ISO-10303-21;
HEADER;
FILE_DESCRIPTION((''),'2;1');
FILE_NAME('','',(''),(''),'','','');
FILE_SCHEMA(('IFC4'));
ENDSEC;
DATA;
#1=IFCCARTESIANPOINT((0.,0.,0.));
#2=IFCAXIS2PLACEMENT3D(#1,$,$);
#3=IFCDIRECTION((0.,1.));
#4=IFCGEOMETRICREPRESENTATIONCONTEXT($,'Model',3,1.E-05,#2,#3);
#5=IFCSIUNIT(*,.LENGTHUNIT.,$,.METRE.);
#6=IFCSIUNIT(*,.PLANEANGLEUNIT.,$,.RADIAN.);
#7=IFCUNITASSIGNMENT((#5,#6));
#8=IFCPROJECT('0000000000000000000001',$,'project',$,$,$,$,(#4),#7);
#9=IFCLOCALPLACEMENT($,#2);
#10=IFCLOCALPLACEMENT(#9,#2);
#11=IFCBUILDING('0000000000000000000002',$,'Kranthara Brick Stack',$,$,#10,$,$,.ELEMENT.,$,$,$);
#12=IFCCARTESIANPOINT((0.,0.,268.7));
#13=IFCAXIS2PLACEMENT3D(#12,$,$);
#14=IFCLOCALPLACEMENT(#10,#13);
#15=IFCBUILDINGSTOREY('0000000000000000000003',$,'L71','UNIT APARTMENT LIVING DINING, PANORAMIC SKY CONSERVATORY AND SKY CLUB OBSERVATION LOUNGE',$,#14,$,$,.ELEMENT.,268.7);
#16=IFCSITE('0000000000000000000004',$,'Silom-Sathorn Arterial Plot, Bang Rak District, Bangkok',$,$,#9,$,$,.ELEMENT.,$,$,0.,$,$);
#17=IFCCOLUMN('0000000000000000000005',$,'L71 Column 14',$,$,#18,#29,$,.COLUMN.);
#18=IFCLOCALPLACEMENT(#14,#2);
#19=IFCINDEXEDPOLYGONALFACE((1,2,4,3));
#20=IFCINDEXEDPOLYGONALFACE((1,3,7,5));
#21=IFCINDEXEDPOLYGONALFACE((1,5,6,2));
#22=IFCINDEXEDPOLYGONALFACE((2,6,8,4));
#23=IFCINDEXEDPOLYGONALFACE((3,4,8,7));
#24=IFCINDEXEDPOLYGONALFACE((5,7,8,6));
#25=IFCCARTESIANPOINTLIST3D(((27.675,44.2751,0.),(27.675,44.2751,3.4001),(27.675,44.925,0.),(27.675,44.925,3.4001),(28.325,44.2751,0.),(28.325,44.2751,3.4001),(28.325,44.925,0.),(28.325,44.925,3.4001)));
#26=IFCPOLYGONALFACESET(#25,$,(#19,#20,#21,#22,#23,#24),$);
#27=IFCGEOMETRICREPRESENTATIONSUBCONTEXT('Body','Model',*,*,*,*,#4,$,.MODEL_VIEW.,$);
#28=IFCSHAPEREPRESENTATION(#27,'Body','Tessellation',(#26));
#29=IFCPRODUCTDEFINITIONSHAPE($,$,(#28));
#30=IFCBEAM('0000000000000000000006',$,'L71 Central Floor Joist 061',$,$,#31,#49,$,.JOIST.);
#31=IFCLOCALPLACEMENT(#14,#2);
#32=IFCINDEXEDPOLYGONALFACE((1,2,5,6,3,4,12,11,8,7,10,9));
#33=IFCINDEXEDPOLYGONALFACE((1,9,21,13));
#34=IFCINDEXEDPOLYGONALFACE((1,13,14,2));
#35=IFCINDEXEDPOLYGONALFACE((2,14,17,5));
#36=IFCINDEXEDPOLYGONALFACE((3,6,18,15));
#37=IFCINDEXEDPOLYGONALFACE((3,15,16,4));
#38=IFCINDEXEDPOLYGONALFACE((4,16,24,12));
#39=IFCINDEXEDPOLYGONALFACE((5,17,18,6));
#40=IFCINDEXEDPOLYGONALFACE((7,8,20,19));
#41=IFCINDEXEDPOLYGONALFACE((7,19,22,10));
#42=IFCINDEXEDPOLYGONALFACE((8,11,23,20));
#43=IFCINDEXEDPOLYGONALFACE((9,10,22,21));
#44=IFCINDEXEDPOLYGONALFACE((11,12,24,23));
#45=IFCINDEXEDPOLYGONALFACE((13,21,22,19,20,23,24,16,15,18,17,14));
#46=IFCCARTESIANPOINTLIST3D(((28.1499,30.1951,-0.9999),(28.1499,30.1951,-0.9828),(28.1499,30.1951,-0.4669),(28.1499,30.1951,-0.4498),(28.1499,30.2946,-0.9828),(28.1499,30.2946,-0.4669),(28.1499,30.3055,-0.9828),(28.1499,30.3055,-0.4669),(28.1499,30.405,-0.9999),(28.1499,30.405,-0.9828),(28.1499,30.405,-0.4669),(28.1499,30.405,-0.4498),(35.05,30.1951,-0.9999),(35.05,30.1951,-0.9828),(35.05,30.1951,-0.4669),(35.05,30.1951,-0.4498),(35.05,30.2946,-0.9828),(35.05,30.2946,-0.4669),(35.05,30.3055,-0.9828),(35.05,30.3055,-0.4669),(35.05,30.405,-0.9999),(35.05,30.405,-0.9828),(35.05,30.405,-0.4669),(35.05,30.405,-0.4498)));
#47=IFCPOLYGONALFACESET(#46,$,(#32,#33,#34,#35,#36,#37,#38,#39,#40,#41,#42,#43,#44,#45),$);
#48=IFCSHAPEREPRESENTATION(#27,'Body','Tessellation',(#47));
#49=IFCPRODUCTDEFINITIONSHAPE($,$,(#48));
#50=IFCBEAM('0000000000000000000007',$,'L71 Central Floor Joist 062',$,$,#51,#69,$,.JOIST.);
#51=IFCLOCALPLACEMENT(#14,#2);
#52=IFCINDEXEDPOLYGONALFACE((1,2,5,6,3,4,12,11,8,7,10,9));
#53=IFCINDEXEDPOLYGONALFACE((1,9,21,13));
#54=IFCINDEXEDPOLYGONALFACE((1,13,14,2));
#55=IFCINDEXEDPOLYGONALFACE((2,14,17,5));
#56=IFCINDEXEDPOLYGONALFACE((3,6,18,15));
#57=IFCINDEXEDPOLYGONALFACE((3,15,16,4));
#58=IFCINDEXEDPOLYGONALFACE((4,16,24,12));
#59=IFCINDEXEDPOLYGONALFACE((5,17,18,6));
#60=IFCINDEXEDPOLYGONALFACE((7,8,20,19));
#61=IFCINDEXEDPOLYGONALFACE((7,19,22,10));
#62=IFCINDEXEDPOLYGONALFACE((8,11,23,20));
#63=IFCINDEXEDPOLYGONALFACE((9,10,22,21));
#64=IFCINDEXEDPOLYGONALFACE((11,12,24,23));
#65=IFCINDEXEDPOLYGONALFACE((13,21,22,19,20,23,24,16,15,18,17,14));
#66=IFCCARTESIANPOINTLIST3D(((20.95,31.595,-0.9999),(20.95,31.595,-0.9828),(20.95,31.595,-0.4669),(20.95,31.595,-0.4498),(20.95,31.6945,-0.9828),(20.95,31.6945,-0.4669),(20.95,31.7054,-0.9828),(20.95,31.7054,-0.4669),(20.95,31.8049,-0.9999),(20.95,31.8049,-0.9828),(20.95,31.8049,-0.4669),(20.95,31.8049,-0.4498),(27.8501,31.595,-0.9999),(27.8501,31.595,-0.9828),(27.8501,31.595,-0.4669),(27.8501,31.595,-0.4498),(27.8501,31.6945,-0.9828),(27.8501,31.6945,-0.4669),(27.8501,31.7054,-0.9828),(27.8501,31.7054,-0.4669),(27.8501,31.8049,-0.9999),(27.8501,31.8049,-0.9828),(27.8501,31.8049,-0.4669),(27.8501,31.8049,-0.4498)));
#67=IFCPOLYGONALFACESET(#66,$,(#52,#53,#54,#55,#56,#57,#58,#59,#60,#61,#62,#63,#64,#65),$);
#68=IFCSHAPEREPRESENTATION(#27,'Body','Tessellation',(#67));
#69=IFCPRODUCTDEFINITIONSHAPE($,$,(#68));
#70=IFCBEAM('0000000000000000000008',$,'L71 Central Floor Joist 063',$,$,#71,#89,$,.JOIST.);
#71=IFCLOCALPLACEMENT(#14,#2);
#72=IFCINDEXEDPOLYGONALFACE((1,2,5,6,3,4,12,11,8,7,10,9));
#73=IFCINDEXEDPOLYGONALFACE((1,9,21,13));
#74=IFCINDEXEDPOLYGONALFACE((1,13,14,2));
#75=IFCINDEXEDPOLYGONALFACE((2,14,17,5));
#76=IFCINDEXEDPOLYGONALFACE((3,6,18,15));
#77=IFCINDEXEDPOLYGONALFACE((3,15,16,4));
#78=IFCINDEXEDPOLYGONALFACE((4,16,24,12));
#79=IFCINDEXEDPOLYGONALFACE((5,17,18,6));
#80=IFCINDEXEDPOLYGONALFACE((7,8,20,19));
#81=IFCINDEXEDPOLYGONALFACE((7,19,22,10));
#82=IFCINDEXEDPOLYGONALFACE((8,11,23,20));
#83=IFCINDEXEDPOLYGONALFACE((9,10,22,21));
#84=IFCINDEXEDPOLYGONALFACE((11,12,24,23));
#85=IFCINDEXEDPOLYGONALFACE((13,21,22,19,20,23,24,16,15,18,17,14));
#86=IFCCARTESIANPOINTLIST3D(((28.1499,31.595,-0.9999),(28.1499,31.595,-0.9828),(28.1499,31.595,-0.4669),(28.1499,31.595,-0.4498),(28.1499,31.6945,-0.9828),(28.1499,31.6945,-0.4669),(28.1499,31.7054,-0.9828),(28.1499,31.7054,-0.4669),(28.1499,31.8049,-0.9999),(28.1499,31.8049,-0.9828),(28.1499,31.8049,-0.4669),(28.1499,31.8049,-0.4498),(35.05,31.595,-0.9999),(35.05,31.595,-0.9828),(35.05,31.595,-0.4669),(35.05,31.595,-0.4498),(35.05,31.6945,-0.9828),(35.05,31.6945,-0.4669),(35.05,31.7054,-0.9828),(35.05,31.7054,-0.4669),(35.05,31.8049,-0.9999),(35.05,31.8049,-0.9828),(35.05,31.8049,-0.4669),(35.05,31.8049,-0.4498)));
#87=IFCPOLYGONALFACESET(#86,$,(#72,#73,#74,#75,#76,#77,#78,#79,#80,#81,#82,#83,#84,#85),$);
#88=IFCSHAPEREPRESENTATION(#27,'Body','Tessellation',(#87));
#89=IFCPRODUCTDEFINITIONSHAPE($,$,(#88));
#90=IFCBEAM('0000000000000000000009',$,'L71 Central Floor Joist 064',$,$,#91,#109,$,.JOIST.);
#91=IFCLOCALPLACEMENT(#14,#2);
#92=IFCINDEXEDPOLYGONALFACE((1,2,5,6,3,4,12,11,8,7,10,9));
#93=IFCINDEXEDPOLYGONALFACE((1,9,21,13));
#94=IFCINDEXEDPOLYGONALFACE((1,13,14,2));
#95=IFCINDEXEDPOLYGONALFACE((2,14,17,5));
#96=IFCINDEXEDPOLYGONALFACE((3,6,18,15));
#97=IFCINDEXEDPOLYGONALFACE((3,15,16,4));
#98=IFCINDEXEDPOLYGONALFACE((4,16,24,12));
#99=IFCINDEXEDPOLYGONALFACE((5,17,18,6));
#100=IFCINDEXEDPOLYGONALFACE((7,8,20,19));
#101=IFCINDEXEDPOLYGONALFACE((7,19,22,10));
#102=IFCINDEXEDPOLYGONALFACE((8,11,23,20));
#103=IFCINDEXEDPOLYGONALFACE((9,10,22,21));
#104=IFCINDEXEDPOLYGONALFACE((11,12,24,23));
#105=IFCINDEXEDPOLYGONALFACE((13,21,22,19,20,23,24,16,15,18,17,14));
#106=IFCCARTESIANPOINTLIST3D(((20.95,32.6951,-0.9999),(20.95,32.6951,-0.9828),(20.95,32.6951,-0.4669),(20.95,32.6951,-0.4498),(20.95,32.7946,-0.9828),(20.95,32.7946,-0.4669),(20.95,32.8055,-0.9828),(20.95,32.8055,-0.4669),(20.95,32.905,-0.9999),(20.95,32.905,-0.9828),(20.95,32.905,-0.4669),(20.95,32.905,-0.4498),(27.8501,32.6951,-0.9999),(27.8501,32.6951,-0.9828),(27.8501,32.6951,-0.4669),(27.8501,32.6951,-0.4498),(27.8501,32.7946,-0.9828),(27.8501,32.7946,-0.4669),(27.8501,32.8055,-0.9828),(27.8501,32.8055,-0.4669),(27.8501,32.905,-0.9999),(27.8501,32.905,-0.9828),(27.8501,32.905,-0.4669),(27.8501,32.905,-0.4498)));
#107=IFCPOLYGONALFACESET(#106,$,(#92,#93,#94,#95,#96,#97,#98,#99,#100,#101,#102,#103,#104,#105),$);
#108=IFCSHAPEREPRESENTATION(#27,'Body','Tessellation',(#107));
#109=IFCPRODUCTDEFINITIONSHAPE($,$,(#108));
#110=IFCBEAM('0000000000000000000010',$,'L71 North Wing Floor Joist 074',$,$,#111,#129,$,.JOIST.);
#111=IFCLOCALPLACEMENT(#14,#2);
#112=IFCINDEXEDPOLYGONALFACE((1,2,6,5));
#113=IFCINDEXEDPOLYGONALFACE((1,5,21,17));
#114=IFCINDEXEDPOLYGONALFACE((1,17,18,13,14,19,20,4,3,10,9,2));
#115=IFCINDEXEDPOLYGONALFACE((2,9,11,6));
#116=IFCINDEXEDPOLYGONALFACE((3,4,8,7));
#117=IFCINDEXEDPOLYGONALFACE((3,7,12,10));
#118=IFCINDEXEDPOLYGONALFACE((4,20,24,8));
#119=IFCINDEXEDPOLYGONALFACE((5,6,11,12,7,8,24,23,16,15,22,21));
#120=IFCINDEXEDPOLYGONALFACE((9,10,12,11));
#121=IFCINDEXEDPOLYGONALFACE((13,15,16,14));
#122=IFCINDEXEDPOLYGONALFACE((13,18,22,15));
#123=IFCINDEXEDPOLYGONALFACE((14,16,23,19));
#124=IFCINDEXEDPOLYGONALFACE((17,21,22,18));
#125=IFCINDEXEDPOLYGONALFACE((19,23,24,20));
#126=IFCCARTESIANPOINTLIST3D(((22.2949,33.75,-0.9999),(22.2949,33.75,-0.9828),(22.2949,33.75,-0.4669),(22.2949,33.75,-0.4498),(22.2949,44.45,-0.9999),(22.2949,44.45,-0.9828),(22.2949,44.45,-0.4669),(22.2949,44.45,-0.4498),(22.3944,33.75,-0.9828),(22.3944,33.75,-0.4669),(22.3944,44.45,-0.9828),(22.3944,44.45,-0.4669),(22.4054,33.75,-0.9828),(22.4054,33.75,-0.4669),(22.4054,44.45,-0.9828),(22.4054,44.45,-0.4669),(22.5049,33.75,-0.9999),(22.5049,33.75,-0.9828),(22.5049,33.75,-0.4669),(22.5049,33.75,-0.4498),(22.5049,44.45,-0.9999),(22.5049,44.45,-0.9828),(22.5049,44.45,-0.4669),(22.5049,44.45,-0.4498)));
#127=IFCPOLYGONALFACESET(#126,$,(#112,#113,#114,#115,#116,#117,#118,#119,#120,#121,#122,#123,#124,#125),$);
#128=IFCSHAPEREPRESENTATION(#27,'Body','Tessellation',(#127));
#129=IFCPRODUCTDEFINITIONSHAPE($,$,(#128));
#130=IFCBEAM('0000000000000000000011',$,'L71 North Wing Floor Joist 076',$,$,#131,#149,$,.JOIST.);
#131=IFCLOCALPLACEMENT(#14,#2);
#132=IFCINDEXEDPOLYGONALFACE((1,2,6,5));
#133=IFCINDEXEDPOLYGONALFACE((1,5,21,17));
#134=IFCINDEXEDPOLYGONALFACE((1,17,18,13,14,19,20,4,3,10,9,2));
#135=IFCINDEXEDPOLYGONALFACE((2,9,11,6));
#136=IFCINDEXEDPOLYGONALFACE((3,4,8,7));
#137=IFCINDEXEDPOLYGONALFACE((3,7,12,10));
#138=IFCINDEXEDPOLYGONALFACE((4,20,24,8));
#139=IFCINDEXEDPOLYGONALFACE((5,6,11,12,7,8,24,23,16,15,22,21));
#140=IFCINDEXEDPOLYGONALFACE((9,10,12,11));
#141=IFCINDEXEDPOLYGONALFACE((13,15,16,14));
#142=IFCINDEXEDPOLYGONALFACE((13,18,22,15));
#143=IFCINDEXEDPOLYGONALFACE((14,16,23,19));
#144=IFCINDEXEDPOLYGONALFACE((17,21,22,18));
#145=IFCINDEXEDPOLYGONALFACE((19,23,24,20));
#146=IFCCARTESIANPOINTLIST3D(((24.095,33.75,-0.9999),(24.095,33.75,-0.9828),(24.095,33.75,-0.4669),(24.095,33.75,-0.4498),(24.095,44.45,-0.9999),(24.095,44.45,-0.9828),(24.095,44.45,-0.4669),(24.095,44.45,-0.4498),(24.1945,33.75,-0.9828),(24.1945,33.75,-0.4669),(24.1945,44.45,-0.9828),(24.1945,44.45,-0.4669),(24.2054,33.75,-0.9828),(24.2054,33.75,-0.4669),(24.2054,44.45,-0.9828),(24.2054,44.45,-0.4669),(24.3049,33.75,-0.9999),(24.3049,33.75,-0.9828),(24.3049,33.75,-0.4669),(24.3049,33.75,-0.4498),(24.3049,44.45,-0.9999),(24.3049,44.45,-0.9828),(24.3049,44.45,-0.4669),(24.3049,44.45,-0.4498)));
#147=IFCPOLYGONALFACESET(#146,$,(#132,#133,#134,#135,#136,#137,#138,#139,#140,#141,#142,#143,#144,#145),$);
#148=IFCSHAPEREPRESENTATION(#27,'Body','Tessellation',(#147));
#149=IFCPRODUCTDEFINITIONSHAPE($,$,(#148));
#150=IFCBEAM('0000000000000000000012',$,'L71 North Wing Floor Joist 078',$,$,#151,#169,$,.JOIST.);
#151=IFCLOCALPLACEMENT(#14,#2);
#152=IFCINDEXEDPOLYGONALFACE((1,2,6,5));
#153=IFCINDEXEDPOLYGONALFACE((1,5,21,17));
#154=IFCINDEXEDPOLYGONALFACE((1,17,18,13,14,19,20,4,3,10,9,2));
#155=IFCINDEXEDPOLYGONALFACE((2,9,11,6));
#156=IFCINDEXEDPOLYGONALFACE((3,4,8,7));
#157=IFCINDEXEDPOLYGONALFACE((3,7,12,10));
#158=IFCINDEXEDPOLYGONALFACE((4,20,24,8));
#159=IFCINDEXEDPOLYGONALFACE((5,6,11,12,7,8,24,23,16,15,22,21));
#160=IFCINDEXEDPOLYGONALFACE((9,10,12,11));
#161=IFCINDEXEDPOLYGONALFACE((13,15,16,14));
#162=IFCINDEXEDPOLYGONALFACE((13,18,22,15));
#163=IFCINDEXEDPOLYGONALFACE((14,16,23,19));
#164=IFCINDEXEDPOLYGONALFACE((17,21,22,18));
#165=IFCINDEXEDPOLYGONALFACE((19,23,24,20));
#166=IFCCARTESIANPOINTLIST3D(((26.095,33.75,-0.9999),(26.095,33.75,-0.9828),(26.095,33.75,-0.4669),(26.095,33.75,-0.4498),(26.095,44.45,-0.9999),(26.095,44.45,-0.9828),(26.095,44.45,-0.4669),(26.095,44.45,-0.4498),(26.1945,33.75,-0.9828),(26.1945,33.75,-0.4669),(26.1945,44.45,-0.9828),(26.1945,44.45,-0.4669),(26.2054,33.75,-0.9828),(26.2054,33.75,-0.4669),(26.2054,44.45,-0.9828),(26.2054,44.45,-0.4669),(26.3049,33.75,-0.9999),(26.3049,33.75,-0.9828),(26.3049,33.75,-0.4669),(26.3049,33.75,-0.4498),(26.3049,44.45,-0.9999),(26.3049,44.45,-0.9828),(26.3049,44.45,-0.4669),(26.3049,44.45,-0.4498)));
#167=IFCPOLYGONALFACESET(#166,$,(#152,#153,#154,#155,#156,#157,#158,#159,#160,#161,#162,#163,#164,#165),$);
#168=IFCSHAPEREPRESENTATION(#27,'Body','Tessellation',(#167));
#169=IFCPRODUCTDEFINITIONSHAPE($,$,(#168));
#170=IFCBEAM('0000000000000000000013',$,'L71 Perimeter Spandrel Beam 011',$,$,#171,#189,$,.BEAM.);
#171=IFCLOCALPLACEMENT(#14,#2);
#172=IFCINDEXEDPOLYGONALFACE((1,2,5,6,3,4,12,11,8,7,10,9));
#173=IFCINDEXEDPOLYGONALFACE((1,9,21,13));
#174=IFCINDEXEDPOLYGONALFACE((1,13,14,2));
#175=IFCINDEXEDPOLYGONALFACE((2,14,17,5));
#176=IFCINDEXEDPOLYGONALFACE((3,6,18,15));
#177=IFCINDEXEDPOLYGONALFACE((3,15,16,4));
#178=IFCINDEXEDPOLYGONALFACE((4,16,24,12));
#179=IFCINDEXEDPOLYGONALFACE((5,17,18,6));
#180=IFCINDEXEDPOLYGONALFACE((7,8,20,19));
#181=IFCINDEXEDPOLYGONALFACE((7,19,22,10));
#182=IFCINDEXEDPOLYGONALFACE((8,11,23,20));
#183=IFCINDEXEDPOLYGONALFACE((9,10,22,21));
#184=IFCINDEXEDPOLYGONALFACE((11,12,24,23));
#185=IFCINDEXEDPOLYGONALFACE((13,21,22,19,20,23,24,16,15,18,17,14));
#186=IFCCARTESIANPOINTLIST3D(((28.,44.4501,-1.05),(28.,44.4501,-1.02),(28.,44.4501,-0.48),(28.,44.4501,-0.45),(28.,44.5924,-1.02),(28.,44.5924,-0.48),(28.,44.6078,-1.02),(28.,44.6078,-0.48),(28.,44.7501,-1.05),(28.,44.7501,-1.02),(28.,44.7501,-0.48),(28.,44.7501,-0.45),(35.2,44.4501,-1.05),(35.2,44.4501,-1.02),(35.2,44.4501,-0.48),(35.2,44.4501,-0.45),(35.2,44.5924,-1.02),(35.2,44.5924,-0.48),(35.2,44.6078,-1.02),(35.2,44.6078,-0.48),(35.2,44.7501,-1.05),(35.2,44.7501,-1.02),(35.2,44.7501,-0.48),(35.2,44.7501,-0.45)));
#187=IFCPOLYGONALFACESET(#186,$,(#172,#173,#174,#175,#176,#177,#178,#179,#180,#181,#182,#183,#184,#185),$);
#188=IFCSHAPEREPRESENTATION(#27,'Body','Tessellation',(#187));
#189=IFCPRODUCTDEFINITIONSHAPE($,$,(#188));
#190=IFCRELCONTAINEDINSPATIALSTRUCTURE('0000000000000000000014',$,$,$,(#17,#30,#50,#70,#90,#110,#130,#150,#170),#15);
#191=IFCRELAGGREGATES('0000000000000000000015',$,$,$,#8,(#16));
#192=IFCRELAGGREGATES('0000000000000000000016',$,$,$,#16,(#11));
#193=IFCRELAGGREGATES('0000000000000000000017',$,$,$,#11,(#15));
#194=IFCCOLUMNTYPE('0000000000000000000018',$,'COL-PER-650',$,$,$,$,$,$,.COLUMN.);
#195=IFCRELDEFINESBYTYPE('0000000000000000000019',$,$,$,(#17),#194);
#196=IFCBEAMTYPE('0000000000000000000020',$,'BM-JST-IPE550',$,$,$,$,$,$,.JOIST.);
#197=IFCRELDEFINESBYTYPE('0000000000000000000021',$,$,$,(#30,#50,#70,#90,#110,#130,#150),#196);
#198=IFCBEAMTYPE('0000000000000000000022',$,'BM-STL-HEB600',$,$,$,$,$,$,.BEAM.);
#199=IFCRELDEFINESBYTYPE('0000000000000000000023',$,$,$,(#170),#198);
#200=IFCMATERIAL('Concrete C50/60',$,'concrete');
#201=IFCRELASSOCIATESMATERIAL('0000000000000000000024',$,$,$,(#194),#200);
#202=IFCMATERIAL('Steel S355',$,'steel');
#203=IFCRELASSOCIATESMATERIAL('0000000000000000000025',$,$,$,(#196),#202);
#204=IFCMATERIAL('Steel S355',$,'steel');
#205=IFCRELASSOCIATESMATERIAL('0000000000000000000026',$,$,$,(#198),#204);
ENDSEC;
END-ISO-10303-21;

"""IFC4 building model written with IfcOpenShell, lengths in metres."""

from ifc_helpers import new_model, si_unit, direction, frame, origin, origin_2d, place, context, subcontext, project, spatial, rectangle, i_section, extrude, material, material_profile, profile_set, type_object, element, save


model = new_model("IFC4")

# Units and contexts
model_context = context("Model", 3, precision=1e-05, world=origin(), true_north=direction((0.0, 1.0)))
body_context = subcontext(model_context, "Body", "Model", "MODEL_VIEW")
ifc_project = project(units=[si_unit("LENGTHUNIT", "METRE"), si_unit("PLANEANGLEUNIT", "RADIAN")], contexts=[model_context])

# Site, building, storey
site_placement = place(None, origin())
site = spatial("IfcSite", under=ifc_project, at=site_placement, Name="Silom-Sathorn Arterial Plot, Bang Rak District, Bangkok", CompositionType="ELEMENT", RefElevation=0.0)
building_placement = place(site_placement, origin())
building = spatial("IfcBuilding", under=site, at=building_placement, Name="Kranthara Brick Stack", CompositionType="ELEMENT")
storey_placement = place(building_placement, frame((0.0, 0.0, 268.7)))
storey = spatial("IfcBuildingStorey", under=building, at=storey_placement, Name="L71", Description="UNIT APARTMENT LIVING DINING, PANORAMIC SKY CONSERVATORY AND SKY CLUB OBSERVATION LOUNGE", CompositionType="ELEMENT", Elevation=268.7)

# Column
ifc_material_1 = material(Name="Concrete C50/60", Category="concrete")
ifc_material_profile_1 = material_profile(ifc_material_1, rectangle(XDim=0.6499, YDim=0.6499, at=origin_2d()), Name="RC 650x650")
ifc_profile_set_1 = profile_set([ifc_material_profile_1], Name="Concrete C50/60")
column_type = type_object("IfcColumnType", Name="COL-PER-650", PredefinedType="COLUMN", material=ifc_profile_set_1)
column_placement = place(storey_placement, frame((28.0, 44.6001, 0.0), z_axis=(0.0, 0.0, 1.0), x_axis=(1.0, 0.0, 0.0)))
element("IfcColumn", 1, at=column_placement, inside=storey, type_object=column_type, Name="L71 Column 14", PredefinedType="COLUMN", context=body_context, shape_type="SweptSolid", body=[
    extrude(rectangle(XDim=0.6499, YDim=0.6499, at=origin_2d()), origin(), (0.0, 0.0, 1.0), 3.4001),
])

# Beams
ifc_material_2 = material(Name="Steel S355", Category="steel")
ifc_material_profile_2 = material_profile(ifc_material_2, i_section(OverallWidth=0.21, OverallDepth=0.55, WebThickness=0.011, FlangeThickness=0.0171, at=origin_2d()), Name="IPE 550")
ifc_profile_set_2 = profile_set([ifc_material_profile_2], Name="Steel S355")
beam_type_1 = type_object("IfcBeamType", Name="BM-JST-IPE550", PredefinedType="JOIST", material=ifc_profile_set_2)
for number, where, z_axis, x_axis, name in (
    (2, (28.1499, 30.3, -0.7249), (1.0, 0.0, 0.0), (0.0, 1.0, 0.0), "L71 Central Floor Joist 061"),
    (3, (20.95, 31.7, -0.7249), (1.0, 0.0, 0.0), (0.0, 1.0, 0.0), "L71 Central Floor Joist 062"),
    (4, (28.1499, 31.7, -0.7249), (1.0, 0.0, 0.0), (0.0, 1.0, 0.0), "L71 Central Floor Joist 063"),
    (5, (20.95, 32.8, -0.7249), (1.0, 0.0, 0.0), (0.0, 1.0, 0.0), "L71 Central Floor Joist 064"),
):
    element("IfcBeam", number, at=place(storey_placement, frame(where, z_axis=z_axis, x_axis=x_axis)), inside=storey, type_object=beam_type_1, Name=name, PredefinedType="JOIST", context=body_context, shape_type="SweptSolid", body=[
        extrude(i_section(OverallWidth=0.21, OverallDepth=0.55, WebThickness=0.011, FlangeThickness=0.0171, at=origin_2d()), origin(), (0.0, 0.0, 1.0), 6.9001),
    ])
for number, where, z_axis, x_axis, name in (
    (6, (22.3999, 33.75, -0.7249), (0.0, 1.0, 0.0), (-1.0, 0.0, 0.0), "L71 North Wing Floor Joist 074"),
    (7, (24.2, 33.75, -0.7249), (0.0, 1.0, 0.0), (-1.0, 0.0, 0.0), "L71 North Wing Floor Joist 076"),
    (8, (26.2, 33.75, -0.7249), (0.0, 1.0, 0.0), (-1.0, 0.0, 0.0), "L71 North Wing Floor Joist 078"),
):
    element("IfcBeam", number, at=place(storey_placement, frame(where, z_axis=z_axis, x_axis=x_axis)), inside=storey, type_object=beam_type_1, Name=name, PredefinedType="JOIST", context=body_context, shape_type="SweptSolid", body=[
        extrude(i_section(OverallWidth=0.21, OverallDepth=0.55, WebThickness=0.011, FlangeThickness=0.0171, at=origin_2d()), origin(), (0.0, 0.0, 1.0), 10.7),
    ])
ifc_material_3 = material(Name="Steel S355", Category="steel")
ifc_material_profile_3 = material_profile(ifc_material_3, i_section(OverallWidth=0.3, OverallDepth=0.6001, WebThickness=0.0154, FlangeThickness=0.03, at=origin_2d()), Name="HEB 600")
ifc_profile_set_3 = profile_set([ifc_material_profile_3], Name="Steel S355")
beam_type_2 = type_object("IfcBeamType", Name="BM-STL-HEB600", PredefinedType="BEAM", material=ifc_profile_set_3)
beam_1_placement = place(storey_placement, frame((28.0, 44.6001, -0.75), z_axis=(1.0, 0.0, 0.0), x_axis=(0.0, 1.0, 0.0)))
element("IfcBeam", 9, at=beam_1_placement, inside=storey, type_object=beam_type_2, Name="L71 Perimeter Spandrel Beam 011", PredefinedType="BEAM", context=body_context, shape_type="SweptSolid", body=[
    extrude(i_section(OverallWidth=0.3, OverallDepth=0.6001, WebThickness=0.0154, FlangeThickness=0.03, at=origin_2d()), origin(), (0.0, 0.0, 1.0), 7.2),
])

save(model, "model.ifc")
